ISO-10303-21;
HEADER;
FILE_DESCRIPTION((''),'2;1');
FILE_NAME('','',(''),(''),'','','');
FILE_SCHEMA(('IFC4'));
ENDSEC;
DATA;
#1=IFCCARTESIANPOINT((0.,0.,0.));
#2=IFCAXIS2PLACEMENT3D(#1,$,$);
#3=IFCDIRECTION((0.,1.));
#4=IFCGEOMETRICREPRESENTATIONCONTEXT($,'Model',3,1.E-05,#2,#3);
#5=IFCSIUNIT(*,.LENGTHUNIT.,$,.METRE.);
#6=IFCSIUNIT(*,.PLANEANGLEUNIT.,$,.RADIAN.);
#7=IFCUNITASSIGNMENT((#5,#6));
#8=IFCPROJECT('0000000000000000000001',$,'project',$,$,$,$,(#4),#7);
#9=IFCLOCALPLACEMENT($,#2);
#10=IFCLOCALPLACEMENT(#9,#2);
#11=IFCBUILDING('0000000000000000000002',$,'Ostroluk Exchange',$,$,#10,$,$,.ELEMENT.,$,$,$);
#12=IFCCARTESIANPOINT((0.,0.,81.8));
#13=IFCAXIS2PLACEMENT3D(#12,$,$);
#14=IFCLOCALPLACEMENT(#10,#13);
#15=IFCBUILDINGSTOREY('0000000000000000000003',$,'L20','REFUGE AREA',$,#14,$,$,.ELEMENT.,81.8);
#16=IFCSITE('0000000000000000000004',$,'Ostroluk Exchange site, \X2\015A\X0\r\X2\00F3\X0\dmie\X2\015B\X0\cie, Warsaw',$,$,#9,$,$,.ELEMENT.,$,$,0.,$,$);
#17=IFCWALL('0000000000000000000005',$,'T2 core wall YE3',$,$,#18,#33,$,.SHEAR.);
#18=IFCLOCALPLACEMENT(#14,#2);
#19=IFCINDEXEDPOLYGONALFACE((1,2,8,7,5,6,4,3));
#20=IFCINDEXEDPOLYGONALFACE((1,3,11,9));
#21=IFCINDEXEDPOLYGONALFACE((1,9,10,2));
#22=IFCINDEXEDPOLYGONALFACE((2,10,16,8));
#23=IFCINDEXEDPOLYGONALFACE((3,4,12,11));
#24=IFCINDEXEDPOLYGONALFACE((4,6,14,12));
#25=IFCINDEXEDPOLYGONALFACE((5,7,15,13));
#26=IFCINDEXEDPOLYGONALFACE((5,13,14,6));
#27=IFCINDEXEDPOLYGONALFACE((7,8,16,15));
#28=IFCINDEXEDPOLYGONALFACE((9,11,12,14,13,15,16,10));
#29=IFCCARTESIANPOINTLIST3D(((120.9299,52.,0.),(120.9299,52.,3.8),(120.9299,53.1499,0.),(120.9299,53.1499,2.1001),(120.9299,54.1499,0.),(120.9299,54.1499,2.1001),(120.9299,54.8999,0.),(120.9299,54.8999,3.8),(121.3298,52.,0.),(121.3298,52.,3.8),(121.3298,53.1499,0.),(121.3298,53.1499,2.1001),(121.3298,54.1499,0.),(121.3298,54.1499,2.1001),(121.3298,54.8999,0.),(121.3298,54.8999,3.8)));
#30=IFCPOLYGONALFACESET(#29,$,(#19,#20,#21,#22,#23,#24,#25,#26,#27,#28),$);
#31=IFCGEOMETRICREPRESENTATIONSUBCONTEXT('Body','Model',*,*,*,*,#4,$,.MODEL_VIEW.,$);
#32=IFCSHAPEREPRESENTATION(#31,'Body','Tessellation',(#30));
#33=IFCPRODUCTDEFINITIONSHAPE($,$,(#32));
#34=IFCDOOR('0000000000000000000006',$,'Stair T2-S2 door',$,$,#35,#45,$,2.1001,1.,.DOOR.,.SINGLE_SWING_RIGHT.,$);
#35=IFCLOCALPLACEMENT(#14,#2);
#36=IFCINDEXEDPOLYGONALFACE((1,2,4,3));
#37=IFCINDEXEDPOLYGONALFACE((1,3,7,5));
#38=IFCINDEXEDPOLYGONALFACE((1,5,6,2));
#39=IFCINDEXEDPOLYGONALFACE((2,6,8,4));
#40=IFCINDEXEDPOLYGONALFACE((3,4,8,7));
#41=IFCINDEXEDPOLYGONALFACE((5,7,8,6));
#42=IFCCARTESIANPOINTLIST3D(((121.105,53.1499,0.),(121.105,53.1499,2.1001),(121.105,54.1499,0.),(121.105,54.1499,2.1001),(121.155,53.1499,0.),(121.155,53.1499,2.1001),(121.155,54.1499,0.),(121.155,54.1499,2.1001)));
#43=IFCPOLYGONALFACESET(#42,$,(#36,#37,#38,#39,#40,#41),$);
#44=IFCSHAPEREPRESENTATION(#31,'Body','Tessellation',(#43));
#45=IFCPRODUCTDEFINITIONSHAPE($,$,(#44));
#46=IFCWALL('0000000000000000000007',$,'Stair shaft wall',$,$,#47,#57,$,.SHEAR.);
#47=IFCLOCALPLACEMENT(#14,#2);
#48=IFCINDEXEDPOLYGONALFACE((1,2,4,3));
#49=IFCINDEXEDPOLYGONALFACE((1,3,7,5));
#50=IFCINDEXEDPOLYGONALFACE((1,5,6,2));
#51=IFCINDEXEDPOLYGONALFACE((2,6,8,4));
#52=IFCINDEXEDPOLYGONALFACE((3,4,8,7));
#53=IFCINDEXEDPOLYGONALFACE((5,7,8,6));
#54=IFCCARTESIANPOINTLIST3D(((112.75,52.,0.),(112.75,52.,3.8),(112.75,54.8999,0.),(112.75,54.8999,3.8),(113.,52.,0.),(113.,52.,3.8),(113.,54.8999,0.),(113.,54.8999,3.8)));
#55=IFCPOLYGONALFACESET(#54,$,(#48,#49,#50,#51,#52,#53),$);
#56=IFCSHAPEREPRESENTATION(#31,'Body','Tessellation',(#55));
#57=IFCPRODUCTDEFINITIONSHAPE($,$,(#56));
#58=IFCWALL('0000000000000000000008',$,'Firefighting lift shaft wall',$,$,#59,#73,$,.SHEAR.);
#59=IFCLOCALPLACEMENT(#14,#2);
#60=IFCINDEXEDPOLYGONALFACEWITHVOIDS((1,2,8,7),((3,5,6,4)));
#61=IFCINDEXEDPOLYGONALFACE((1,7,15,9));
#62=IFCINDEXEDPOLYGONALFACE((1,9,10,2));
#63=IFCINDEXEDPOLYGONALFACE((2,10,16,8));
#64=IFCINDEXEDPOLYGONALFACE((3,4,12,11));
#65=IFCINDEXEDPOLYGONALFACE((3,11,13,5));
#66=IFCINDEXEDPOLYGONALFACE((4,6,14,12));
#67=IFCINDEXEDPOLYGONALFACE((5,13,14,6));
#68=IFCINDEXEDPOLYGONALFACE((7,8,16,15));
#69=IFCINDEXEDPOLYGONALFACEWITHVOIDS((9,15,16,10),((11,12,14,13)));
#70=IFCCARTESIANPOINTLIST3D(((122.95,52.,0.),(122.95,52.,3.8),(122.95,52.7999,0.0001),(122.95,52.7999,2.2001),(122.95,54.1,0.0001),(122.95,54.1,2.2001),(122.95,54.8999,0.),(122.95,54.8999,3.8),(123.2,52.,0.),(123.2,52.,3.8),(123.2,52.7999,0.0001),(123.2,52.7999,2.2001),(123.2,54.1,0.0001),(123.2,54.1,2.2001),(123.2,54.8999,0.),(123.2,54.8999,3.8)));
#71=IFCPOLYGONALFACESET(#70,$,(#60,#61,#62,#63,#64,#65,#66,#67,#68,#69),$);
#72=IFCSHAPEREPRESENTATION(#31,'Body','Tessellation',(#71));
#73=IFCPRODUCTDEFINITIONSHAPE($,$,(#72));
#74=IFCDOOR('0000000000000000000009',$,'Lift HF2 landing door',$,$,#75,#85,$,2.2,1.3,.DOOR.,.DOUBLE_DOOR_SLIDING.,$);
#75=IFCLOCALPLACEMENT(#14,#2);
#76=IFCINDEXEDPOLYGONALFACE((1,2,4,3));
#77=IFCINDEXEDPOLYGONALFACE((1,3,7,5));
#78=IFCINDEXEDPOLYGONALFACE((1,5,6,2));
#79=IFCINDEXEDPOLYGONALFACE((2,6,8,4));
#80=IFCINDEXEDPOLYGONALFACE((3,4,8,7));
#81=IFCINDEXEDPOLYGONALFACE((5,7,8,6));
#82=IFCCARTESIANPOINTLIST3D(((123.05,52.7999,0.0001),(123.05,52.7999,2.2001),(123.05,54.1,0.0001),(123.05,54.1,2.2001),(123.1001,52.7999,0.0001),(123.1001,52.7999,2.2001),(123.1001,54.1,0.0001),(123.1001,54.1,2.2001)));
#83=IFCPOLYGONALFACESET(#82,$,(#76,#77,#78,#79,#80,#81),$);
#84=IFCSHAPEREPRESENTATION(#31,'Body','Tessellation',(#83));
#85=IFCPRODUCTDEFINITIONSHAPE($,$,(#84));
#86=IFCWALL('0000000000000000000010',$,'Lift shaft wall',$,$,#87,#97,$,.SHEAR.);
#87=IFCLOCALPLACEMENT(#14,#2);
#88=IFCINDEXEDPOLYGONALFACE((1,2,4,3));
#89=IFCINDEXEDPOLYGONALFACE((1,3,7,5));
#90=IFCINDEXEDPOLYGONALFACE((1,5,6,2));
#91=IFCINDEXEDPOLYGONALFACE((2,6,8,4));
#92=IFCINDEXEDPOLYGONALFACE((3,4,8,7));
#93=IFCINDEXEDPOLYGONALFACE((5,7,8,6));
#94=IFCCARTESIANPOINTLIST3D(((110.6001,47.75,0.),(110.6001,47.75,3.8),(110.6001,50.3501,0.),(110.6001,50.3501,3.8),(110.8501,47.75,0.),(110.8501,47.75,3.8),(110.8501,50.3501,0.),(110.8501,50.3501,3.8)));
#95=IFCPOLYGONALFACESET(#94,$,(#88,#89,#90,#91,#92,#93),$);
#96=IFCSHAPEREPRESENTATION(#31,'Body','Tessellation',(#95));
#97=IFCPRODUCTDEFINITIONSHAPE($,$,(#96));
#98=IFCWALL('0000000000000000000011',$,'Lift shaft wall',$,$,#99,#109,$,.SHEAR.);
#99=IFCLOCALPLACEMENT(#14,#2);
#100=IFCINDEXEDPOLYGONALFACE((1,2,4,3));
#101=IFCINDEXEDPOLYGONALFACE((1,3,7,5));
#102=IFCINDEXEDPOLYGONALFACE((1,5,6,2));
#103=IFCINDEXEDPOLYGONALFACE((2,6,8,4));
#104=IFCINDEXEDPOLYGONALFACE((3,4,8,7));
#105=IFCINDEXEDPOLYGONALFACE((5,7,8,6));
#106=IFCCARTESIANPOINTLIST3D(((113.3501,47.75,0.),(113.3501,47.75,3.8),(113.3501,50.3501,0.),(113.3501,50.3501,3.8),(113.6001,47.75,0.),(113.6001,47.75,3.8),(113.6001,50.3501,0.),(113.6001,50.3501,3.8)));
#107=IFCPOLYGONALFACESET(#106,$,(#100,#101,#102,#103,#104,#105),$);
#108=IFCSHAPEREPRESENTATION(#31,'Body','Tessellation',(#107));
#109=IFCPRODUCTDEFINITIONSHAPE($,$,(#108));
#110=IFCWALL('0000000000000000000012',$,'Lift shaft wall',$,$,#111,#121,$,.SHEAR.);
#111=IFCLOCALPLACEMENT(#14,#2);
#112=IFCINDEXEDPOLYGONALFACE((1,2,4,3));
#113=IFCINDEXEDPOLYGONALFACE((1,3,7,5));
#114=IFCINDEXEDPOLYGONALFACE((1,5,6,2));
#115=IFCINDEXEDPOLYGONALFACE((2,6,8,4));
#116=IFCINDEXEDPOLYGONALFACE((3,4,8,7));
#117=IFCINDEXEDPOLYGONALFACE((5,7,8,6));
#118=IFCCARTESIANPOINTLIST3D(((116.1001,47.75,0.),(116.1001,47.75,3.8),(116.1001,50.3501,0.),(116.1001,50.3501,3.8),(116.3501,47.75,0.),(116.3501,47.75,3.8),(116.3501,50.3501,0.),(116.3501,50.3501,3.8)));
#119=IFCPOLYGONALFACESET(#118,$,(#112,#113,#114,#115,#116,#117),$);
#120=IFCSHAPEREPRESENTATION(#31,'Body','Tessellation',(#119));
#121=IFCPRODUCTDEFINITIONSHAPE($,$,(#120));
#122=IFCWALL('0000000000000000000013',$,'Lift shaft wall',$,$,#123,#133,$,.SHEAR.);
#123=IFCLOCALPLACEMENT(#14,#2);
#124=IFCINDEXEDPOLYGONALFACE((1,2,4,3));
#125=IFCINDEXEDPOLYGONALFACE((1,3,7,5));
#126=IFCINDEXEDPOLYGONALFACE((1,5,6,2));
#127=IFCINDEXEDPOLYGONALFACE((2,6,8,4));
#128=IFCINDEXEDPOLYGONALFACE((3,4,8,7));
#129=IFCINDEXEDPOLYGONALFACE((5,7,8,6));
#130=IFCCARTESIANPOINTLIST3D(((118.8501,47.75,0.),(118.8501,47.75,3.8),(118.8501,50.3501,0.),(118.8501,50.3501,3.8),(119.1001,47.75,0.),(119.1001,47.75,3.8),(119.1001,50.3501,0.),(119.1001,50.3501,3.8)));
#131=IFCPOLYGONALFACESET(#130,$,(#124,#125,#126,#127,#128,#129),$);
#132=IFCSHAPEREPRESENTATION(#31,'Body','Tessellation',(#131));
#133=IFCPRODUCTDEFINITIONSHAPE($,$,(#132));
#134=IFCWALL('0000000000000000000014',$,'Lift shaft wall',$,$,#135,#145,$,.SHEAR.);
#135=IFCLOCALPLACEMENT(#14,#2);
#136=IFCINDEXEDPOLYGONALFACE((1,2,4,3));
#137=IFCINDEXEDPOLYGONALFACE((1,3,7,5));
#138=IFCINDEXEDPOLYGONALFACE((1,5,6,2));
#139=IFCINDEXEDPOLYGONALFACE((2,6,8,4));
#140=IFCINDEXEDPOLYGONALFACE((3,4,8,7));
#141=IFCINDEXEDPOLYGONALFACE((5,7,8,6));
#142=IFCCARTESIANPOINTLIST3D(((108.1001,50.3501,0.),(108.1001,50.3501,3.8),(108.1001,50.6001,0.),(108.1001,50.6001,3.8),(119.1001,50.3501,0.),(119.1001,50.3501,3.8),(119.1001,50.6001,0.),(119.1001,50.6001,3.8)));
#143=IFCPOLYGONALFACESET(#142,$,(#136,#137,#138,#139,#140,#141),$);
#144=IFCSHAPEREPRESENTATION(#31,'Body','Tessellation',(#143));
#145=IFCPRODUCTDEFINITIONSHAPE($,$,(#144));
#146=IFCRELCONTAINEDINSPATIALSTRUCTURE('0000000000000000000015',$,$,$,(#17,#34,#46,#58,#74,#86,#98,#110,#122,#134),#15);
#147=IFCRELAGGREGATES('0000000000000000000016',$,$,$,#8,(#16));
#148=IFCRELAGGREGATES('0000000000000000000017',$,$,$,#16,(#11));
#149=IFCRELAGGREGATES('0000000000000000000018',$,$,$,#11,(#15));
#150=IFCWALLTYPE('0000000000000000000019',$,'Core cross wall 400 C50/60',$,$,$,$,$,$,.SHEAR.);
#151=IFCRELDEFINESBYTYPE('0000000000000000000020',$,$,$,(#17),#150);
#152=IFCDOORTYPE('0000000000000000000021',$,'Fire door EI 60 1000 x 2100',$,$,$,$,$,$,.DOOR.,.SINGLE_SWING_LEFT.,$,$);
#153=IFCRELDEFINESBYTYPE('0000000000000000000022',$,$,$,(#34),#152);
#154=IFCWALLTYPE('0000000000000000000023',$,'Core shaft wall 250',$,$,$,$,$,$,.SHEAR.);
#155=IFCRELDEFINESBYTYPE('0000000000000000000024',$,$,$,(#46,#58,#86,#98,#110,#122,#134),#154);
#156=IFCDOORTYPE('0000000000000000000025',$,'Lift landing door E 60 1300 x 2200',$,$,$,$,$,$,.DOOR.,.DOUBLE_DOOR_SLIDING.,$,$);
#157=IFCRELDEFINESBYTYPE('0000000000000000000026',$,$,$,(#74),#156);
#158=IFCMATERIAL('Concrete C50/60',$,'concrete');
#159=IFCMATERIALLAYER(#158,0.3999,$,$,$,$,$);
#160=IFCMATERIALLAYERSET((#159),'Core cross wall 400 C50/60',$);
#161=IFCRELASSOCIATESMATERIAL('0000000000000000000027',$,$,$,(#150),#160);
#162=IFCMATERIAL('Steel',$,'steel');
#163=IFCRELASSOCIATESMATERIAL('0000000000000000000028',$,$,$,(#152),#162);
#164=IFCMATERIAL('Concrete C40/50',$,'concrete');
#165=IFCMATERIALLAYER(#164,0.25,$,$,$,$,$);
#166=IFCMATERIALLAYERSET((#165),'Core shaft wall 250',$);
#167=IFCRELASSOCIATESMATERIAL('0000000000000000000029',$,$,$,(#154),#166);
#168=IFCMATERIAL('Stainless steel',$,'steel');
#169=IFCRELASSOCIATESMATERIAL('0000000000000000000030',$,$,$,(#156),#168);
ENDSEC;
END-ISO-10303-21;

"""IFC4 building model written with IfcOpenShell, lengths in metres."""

from ifc_helpers import new_model, si_unit, direction, frame, frame_2d, origin, place, context, subcontext, project, spatial, rectangle, extrude, material, layer, layer_set, type_object, element, fill, save


model = new_model("IFC4")

# Units and contexts
model_context = context("Model", 3, precision=1e-05, world=origin(), true_north=direction((0.0, 1.0)))
body_context = subcontext(model_context, "Body", "Model", "MODEL_VIEW")
ifc_project = project(units=[si_unit("LENGTHUNIT", "METRE"), si_unit("PLANEANGLEUNIT", "RADIAN")], contexts=[model_context])

# Site, building, storey
site_placement = place(None, origin())
site = spatial("IfcSite", under=ifc_project, at=site_placement, Name="Ostroluk Exchange site, Śródmieście, Warsaw", CompositionType="ELEMENT", RefElevation=0.0)
building_placement = place(site_placement, origin())
building = spatial("IfcBuilding", under=site, at=building_placement, Name="Ostroluk Exchange", CompositionType="ELEMENT")
storey_placement = place(building_placement, frame((0.0, 0.0, 81.8)))
storey = spatial("IfcBuildingStorey", under=building, at=storey_placement, Name="L20", Description="REFUGE AREA", CompositionType="ELEMENT", Elevation=81.8)

# Wall, opening, door
ifc_material_1 = material(Name="Concrete C50/60", Category="concrete")
ifc_layer_1 = layer(ifc_material_1, 0.3999)
ifc_layer_set_1 = layer_set([ifc_layer_1], Name="Core cross wall 400 C50/60")
wall_type_1 = type_object("IfcWallType", Name="Core cross wall 400 C50/60", PredefinedType="SHEAR", material=ifc_layer_set_1)
ifc_material_2 = material(Name="Steel", Category="steel")
door_type_1 = type_object("IfcDoorType", Name="Fire door EI 60 1000 x 2100", OperationType="SINGLE_SWING_LEFT", PredefinedType="DOOR", material=ifc_material_2)
wall_1_placement = place(storey_placement, frame((121.1299, 52.0, 0.0), z_axis=(0.0, 0.0, 1.0), x_axis=(0.0, 1.0, 0.0)))
wall_1 = element("IfcWall", 1, at=wall_1_placement, inside=storey, type_object=wall_type_1, Name="T2 core wall YE3", PredefinedType="SHEAR", context=body_context, shape_type="SweptSolid", body=[
    extrude(rectangle(XDim=2.8999, YDim=0.3999, at=frame_2d((1.45, 0.0))), origin(), (0.0, 0.0, 1.0), 3.8),
])
opening_1_placement = place(wall_1_placement, frame((1.1499, 0.0, 0.0)))
opening_1 = element("IfcOpeningElement", 2, at=opening_1_placement, cuts=wall_1, PredefinedType="OPENING", context=body_context, shape_type="SweptSolid", body=[
    extrude(rectangle(XDim=1.0, YDim=2.1001, at=frame_2d((0.5, 1.05))), frame((0.0, 0.21, 0.0), z_axis=(0.0, -1.0, 0.0), x_axis=(1.0, 0.0, 0.0)), (0.0, 0.0, 1.0), 0.4199),
])
door_1_placement = place(opening_1_placement, origin())
door_1 = element("IfcDoor", 3, at=door_1_placement, inside=storey, type_object=door_type_1, Name="Stair T2-S2 door", OperationType="SINGLE_SWING_RIGHT", OverallHeight=2.1001, OverallWidth=1.0, PredefinedType="DOOR", context=body_context, shape_type="SweptSolid", body=[
    extrude(rectangle(XDim=1.0, YDim=2.1001, at=frame_2d((0.5, 1.05))), frame((0.0, 0.0249, 0.0), z_axis=(0.0, -1.0, 0.0), x_axis=(1.0, 0.0, 0.0)), (0.0, 0.0, 1.0), 0.05),
])
fill(opening_1, door_1)

# Wall
ifc_material_3 = material(Name="Concrete C40/50", Category="concrete")
ifc_layer_2 = layer(ifc_material_3, 0.25)
ifc_layer_set_2 = layer_set([ifc_layer_2], Name="Core shaft wall 250")
wall_type_2 = type_object("IfcWallType", Name="Core shaft wall 250", PredefinedType="SHEAR", material=ifc_layer_set_2)
wall_2_placement = place(storey_placement, frame((112.875, 52.0, 0.0), z_axis=(0.0, 0.0, 1.0), x_axis=(0.0, 1.0, 0.0)))
element("IfcWall", 4, at=wall_2_placement, inside=storey, type_object=wall_type_2, Name="Stair shaft wall", PredefinedType="SHEAR", context=body_context, shape_type="SweptSolid", body=[
    extrude(rectangle(XDim=2.8999, YDim=0.25, at=frame_2d((1.45, 0.0))), origin(), (0.0, 0.0, 1.0), 3.8),
])

# Wall, opening, door
wall_3_placement = place(storey_placement, frame((123.075, 52.0, 0.0), z_axis=(0.0, 0.0, 1.0), x_axis=(0.0, 1.0, 0.0)))
wall_3 = element("IfcWall", 5, at=wall_3_placement, inside=storey, type_object=wall_type_2, Name="Firefighting lift shaft wall", PredefinedType="SHEAR", context=body_context, shape_type="SweptSolid", body=[
    extrude(rectangle(XDim=2.8999, YDim=0.25, at=frame_2d((1.45, 0.0))), origin(), (0.0, 0.0, 1.0), 3.8),
])
opening_2_placement = place(wall_3_placement, frame((0.8, 0.0, 0.0)))
opening_2 = element("IfcOpeningElement", 6, at=opening_2_placement, cuts=wall_3, PredefinedType="OPENING", context=body_context, shape_type="SweptSolid", body=[
    extrude(rectangle(XDim=1.3, YDim=2.2, at=frame_2d((0.6499, 1.1001))), frame((0.0, 0.135, 0.0), z_axis=(0.0, -1.0, 0.0), x_axis=(1.0, 0.0, 0.0)), (0.0, 0.0, 1.0), 0.27),
])
ifc_material_4 = material(Name="Stainless steel", Category="steel")
door_type_2 = type_object("IfcDoorType", Name="Lift landing door E 60 1300 x 2200", OperationType="DOUBLE_DOOR_SLIDING", PredefinedType="DOOR", material=ifc_material_4)
door_2_placement = place(opening_2_placement, origin())
door_2 = element("IfcDoor", 7, at=door_2_placement, inside=storey, type_object=door_type_2, Name="Lift HF2 landing door", OperationType="DOUBLE_DOOR_SLIDING", OverallHeight=2.2, OverallWidth=1.3, PredefinedType="DOOR", context=body_context, shape_type="SweptSolid", body=[
    extrude(rectangle(XDim=1.3, YDim=2.2, at=frame_2d((0.6499, 1.1001))), frame((0.0, 0.0249, 0.0), z_axis=(0.0, -1.0, 0.0), x_axis=(1.0, 0.0, 0.0)), (0.0, 0.0, 1.0), 0.05),
])
fill(opening_2, door_2)

# Walls
for number, where, z_axis, x_axis, name in (
    (8, (110.7251, 47.75, 0.0), (0.0, 0.0, 1.0), (0.0, 1.0, 0.0), "Lift shaft wall"),
    (9, (113.4751, 47.75, 0.0), (0.0, 0.0, 1.0), (0.0, 1.0, 0.0), "Lift shaft wall"),
    (10, (116.2251, 47.75, 0.0), (0.0, 0.0, 1.0), (0.0, 1.0, 0.0), "Lift shaft wall"),
    (11, (118.9751, 47.75, 0.0), (0.0, 0.0, 1.0), (0.0, 1.0, 0.0), "Lift shaft wall"),
):
    element("IfcWall", number, at=place(storey_placement, frame(where, z_axis=z_axis, x_axis=x_axis)), inside=storey, type_object=wall_type_2, Name=name, PredefinedType="SHEAR", context=body_context, shape_type="SweptSolid", body=[
        extrude(rectangle(XDim=2.6001, YDim=0.25, at=frame_2d((1.3, 0.0))), origin(), (0.0, 0.0, 1.0), 3.8),
    ])
wall_4_placement = place(storey_placement, frame((108.1001, 50.4751, 0.0), z_axis=(0.0, 0.0, 1.0), x_axis=(1.0, 0.0, 0.0)))
element("IfcWall", 12, at=wall_4_placement, inside=storey, type_object=wall_type_2, Name="Lift shaft wall", PredefinedType="SHEAR", context=body_context, shape_type="SweptSolid", body=[
    extrude(rectangle(XDim=11.0, YDim=0.25, at=frame_2d((5.5, 0.0))), origin(), (0.0, 0.0, 1.0), 3.8),
])

save(model, "model.ifc")
